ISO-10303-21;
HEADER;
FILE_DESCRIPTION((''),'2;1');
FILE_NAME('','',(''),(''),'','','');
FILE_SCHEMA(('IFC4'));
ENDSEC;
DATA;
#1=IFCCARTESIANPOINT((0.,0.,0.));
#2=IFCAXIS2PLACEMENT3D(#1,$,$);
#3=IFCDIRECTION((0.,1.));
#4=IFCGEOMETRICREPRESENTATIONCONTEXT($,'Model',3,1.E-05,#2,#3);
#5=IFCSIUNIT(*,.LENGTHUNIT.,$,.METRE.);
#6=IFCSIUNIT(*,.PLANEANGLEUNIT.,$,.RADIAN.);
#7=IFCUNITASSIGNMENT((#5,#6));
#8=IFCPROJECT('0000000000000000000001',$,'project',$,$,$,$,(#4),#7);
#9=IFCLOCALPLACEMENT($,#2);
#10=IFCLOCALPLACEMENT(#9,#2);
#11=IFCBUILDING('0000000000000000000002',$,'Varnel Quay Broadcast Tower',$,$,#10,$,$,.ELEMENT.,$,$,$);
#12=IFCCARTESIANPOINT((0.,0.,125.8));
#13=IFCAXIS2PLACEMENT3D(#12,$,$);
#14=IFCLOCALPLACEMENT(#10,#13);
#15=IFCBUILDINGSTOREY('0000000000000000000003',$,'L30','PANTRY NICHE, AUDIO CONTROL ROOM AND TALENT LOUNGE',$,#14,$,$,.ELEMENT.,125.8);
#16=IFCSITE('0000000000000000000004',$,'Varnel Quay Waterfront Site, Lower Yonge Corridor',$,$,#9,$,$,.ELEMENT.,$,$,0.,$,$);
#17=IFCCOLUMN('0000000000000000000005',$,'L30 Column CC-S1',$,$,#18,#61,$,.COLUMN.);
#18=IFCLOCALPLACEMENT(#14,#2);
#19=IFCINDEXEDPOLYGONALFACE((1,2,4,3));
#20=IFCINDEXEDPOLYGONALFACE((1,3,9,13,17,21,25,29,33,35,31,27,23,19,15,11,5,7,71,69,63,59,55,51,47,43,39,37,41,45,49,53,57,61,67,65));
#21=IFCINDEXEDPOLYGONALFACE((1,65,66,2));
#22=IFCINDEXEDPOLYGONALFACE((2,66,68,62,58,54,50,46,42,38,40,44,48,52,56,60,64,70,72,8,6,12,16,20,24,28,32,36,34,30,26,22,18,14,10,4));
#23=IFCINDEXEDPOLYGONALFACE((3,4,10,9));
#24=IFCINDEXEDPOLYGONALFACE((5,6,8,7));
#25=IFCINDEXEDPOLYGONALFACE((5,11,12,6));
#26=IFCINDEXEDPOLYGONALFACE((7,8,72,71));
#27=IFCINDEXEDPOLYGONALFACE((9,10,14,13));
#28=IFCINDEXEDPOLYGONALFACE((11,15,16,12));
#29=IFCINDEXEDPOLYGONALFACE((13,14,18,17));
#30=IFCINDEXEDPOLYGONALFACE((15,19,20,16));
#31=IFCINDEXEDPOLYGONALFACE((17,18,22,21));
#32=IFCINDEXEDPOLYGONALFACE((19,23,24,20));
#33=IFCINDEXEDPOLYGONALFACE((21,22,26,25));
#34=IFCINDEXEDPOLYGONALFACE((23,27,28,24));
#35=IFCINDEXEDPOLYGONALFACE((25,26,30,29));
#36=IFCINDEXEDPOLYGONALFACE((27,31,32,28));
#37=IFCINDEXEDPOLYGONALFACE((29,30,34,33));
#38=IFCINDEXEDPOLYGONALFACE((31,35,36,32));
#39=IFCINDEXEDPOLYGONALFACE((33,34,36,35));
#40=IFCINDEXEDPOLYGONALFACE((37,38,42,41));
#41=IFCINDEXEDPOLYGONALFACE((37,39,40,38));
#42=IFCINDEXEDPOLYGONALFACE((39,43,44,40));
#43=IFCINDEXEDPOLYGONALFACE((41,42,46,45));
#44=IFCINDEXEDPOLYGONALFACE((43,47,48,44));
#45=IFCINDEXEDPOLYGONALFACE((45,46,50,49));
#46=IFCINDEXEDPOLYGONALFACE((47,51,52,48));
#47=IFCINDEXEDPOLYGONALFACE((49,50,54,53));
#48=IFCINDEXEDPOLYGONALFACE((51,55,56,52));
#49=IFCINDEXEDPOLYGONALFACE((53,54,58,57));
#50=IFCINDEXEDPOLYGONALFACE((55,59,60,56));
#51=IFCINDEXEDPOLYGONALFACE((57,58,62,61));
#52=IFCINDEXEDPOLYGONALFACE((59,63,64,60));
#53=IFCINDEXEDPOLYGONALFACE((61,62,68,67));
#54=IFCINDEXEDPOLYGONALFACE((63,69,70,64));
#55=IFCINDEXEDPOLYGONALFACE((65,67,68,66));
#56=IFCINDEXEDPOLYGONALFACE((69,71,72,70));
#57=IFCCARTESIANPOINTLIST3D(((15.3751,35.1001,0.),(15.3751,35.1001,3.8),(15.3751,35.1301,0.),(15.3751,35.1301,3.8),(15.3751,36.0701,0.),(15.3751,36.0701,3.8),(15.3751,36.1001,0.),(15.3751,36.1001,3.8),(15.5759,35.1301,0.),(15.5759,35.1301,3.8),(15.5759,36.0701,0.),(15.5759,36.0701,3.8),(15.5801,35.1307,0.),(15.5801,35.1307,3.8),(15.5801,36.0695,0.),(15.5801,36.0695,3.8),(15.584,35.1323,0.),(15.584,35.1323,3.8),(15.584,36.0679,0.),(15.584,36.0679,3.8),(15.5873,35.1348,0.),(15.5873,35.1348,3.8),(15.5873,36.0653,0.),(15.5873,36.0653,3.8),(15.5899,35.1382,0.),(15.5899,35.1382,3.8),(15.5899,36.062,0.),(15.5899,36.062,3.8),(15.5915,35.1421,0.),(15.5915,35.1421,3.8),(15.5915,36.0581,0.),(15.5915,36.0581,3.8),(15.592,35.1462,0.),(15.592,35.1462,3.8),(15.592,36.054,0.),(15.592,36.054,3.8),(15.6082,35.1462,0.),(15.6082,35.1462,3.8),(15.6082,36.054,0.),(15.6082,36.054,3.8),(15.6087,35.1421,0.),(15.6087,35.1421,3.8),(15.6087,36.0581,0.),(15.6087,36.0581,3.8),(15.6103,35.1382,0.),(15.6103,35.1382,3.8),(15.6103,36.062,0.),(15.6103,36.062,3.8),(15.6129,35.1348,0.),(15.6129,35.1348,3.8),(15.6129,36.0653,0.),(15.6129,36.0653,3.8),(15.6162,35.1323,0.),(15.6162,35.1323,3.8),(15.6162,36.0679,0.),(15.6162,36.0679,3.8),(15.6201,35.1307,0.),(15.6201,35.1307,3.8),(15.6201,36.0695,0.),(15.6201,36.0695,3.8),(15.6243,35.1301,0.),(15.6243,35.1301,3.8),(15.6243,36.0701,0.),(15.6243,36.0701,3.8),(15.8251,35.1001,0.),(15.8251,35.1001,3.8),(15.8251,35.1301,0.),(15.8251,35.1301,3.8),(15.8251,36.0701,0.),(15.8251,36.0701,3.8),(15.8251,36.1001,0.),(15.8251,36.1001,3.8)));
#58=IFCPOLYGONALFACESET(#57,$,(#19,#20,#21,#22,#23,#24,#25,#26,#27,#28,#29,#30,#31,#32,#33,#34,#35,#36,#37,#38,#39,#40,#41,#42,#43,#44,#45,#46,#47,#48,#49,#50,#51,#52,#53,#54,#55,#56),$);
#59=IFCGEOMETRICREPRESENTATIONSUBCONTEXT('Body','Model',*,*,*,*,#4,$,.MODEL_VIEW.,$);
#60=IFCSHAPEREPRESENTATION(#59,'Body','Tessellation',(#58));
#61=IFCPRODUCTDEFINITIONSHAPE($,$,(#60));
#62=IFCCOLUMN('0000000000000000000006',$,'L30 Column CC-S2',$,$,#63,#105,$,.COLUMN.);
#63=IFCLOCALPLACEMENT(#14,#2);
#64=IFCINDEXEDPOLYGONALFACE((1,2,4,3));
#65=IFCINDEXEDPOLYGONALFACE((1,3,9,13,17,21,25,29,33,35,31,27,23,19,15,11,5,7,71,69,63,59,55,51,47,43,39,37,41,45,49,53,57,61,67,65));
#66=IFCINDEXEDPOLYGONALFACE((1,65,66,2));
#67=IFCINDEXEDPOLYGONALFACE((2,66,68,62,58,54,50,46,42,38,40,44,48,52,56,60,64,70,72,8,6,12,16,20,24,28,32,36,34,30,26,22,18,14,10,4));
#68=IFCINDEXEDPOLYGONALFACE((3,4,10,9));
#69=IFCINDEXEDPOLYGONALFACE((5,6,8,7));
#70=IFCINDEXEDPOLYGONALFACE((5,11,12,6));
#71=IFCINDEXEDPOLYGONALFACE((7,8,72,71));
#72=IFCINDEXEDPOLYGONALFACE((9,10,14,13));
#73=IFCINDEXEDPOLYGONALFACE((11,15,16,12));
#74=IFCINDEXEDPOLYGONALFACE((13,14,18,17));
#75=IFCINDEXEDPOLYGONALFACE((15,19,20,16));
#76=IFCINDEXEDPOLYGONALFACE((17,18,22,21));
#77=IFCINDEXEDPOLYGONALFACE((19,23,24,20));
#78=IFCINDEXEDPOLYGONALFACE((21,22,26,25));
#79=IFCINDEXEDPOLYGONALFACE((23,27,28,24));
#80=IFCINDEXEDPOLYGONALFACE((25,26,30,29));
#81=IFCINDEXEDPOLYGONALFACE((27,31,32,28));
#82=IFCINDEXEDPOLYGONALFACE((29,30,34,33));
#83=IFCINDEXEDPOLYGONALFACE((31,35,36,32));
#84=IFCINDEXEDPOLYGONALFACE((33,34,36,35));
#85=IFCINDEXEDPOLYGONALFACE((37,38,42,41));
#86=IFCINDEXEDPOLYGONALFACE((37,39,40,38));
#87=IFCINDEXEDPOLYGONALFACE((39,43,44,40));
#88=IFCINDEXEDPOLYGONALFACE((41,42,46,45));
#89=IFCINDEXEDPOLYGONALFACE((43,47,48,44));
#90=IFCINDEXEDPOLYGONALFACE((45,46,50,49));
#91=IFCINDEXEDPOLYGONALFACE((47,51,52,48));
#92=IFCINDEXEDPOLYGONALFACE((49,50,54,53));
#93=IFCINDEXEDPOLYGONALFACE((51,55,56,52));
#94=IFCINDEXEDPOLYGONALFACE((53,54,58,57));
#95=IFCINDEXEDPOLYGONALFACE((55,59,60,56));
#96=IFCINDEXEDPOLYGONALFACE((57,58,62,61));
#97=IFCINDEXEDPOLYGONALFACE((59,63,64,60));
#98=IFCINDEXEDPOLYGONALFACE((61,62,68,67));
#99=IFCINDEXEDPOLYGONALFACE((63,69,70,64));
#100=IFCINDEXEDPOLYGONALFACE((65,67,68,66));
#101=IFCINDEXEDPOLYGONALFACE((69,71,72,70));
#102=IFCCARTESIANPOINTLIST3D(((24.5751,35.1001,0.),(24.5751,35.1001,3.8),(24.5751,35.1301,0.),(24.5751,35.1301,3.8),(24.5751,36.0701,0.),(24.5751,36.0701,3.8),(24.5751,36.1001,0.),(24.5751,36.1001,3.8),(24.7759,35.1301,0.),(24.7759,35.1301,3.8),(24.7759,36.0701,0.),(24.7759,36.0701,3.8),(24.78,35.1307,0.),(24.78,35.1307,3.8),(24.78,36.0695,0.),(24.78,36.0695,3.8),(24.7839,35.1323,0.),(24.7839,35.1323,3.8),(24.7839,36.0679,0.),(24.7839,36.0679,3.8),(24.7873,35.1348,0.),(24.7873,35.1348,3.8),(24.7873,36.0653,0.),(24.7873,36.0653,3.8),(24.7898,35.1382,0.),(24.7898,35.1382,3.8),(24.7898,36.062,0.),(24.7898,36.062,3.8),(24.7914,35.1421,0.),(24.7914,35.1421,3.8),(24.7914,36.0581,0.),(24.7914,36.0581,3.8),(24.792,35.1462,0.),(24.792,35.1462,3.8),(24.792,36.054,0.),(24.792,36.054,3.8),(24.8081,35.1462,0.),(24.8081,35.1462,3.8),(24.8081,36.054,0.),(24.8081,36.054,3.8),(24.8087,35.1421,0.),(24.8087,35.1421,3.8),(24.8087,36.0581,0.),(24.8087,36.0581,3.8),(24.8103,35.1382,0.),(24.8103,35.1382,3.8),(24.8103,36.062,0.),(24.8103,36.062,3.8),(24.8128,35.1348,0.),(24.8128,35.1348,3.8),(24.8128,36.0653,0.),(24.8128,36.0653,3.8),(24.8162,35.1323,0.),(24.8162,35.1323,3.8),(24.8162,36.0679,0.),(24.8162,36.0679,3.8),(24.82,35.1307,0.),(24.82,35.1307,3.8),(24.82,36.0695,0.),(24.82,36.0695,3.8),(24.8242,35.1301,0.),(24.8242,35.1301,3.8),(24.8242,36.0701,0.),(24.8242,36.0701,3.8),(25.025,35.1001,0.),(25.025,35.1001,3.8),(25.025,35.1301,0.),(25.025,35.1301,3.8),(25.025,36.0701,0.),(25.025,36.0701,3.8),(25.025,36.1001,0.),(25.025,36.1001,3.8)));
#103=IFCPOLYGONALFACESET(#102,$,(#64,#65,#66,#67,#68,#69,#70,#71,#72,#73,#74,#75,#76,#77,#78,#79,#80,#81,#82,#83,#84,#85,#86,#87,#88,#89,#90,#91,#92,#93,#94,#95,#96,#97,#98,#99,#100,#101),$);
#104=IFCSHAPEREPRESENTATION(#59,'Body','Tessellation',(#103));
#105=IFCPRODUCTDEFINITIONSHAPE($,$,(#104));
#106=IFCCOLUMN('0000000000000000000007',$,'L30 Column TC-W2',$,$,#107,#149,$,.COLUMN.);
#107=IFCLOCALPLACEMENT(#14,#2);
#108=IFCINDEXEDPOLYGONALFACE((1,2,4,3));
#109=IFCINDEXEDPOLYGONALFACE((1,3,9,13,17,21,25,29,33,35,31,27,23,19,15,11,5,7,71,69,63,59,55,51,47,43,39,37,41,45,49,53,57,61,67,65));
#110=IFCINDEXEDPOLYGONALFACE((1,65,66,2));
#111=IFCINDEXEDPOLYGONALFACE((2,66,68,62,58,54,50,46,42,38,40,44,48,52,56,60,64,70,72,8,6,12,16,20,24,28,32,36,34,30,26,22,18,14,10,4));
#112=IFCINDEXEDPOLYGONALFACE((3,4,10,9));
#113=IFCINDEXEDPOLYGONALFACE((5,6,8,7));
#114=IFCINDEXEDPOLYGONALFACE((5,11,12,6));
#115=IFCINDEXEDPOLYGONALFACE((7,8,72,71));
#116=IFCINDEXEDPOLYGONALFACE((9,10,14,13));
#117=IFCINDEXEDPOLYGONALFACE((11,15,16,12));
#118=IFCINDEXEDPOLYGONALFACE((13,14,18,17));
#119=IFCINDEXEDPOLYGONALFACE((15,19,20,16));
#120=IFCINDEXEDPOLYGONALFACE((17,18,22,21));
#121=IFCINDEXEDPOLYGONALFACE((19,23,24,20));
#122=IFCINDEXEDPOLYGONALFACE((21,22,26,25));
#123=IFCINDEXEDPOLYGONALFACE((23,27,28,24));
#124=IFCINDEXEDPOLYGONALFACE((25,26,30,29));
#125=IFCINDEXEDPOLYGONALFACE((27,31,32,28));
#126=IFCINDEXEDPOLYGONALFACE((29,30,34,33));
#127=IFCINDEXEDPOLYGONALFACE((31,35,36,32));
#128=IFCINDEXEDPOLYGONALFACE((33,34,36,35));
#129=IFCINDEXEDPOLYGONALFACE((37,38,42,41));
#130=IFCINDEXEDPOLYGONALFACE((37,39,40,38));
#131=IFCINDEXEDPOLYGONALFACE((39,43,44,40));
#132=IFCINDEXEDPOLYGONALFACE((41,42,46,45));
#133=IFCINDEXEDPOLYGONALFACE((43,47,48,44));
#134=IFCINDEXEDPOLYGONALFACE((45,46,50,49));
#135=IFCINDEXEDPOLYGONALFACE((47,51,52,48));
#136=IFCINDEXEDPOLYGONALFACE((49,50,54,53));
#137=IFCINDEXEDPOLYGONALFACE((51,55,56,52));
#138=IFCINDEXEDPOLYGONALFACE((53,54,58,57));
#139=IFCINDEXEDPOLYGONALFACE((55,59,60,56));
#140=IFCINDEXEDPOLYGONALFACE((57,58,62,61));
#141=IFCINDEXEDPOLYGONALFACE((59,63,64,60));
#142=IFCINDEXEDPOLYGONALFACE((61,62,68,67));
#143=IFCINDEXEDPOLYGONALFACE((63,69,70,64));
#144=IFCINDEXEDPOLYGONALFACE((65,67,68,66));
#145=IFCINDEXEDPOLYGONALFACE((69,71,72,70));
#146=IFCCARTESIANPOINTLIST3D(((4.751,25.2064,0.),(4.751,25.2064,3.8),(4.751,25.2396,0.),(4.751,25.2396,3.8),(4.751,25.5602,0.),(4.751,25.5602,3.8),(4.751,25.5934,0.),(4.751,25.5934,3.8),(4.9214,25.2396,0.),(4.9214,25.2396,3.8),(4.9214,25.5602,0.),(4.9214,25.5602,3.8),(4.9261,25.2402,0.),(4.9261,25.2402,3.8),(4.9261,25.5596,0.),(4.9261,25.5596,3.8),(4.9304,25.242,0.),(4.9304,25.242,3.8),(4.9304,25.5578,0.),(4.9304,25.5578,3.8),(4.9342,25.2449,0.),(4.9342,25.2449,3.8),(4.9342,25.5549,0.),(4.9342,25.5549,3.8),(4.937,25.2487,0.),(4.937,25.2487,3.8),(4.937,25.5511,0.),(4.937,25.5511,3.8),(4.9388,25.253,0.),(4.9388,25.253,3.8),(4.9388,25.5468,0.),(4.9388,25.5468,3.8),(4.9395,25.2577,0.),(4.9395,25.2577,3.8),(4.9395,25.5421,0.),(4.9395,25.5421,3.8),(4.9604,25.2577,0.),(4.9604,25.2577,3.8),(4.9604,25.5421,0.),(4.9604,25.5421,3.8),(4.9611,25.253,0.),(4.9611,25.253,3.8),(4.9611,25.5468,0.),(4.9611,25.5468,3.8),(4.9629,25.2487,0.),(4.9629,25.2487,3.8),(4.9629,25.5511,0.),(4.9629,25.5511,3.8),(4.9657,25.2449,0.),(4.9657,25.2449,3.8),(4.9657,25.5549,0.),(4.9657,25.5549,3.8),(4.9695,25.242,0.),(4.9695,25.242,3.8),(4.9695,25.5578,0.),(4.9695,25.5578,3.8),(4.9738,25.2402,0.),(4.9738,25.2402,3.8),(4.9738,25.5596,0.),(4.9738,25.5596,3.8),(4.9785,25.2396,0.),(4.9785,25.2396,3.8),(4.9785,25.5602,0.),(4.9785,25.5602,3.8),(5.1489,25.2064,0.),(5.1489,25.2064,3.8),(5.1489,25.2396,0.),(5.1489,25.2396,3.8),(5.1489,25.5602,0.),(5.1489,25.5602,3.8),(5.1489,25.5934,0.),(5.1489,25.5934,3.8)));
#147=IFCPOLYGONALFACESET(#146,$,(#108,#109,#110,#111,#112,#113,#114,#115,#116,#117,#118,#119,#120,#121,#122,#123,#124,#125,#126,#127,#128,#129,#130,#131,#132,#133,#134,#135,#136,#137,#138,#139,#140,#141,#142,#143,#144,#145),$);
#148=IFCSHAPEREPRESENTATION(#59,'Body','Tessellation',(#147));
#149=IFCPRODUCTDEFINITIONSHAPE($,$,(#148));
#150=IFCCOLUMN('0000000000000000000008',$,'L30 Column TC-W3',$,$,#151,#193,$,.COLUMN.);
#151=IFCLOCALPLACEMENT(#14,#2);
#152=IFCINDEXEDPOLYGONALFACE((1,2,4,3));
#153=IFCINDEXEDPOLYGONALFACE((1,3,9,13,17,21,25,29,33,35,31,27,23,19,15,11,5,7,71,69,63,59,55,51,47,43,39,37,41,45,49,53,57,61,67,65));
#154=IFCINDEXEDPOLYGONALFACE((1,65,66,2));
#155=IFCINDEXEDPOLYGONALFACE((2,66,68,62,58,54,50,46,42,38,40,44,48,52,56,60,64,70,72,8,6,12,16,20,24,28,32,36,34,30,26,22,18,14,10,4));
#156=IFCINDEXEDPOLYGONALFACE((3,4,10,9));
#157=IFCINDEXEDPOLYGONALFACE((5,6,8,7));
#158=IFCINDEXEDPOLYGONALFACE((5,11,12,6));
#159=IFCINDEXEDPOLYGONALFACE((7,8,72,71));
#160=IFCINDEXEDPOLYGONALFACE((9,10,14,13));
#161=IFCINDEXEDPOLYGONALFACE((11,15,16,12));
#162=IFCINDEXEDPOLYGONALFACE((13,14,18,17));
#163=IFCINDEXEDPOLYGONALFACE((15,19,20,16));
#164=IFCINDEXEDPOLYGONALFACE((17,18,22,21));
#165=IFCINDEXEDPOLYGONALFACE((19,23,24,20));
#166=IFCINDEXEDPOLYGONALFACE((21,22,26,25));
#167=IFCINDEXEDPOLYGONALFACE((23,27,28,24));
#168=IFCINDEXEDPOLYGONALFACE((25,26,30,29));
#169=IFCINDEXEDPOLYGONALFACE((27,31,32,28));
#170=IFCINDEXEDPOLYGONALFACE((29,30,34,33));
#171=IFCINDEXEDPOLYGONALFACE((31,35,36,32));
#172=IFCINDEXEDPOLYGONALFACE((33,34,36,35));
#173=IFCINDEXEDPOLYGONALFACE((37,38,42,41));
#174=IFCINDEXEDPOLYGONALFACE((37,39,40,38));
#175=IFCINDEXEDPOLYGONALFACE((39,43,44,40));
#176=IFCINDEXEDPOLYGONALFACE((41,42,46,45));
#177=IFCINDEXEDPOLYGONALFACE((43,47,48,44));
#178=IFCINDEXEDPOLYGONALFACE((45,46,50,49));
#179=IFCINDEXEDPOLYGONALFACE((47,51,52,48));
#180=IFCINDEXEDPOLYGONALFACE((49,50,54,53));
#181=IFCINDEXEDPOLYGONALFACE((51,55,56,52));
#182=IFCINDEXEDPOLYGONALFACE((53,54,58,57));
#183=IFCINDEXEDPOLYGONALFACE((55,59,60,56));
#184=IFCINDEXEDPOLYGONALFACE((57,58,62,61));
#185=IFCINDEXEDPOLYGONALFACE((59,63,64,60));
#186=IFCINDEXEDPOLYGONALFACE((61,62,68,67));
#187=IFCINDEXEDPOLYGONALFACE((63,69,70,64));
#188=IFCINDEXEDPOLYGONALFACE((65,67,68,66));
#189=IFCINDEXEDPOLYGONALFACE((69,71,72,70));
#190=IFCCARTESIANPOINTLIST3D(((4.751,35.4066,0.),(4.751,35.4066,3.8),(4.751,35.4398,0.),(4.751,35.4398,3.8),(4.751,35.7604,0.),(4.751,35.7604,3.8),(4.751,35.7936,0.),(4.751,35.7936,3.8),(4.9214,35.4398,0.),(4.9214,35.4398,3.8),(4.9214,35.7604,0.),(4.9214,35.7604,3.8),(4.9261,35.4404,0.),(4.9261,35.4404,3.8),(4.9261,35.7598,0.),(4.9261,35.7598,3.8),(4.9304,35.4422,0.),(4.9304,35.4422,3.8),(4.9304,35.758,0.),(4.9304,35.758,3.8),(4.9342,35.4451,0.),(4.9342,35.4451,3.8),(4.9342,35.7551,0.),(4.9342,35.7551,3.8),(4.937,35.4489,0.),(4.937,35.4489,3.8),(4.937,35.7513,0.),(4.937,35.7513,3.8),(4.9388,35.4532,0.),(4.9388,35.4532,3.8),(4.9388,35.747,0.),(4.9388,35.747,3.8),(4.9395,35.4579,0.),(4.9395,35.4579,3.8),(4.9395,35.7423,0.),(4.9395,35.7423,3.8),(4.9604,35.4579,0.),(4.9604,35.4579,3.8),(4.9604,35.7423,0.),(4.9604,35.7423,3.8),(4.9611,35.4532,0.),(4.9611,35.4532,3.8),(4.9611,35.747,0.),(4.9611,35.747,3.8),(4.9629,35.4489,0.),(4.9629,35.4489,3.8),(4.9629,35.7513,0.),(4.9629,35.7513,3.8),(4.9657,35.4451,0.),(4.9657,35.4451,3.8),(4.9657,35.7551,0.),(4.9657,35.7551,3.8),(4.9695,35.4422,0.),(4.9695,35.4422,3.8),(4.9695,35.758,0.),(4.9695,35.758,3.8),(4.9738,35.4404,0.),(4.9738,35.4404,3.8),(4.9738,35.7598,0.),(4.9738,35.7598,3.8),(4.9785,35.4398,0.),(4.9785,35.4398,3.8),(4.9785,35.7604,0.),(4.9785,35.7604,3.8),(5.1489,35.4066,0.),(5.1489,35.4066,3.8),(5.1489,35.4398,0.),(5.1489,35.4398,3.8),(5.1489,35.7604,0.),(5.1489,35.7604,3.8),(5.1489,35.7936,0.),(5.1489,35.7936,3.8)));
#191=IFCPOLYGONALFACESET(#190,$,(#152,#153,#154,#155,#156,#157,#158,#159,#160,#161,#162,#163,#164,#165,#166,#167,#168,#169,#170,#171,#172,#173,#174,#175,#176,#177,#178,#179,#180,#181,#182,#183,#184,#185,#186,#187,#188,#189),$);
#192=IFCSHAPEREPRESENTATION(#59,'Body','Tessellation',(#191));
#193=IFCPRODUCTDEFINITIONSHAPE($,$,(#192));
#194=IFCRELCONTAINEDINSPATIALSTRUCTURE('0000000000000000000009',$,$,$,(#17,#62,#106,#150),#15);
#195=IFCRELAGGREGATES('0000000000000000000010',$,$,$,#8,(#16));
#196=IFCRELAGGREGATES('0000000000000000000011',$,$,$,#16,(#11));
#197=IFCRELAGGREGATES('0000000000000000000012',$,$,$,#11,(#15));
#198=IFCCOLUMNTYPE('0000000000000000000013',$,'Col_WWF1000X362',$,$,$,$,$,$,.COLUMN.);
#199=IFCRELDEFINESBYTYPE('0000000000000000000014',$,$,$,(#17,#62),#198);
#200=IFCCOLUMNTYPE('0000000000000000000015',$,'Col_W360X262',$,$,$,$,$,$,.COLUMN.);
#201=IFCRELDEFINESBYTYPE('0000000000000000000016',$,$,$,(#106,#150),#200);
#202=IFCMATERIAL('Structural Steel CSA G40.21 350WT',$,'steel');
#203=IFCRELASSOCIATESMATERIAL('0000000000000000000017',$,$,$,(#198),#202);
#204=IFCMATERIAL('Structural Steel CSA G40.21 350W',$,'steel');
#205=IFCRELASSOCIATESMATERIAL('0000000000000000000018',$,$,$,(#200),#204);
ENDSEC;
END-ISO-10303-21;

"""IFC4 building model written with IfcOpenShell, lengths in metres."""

from ifc_helpers import new_model, si_unit, direction, frame, origin, origin_2d, place, context, subcontext, project, spatial, i_section, extrude, source, transform, mapped, material, material_profile, profile_set, type_object, type_shapes, element, save


model = new_model("IFC4")

# Units and contexts
model_context = context("Model", 3, precision=1e-05, world=origin(), true_north=direction((0.0, 1.0)))
body_context = subcontext(model_context, "Body", "Model", "MODEL_VIEW")
ifc_project = project(units=[si_unit("LENGTHUNIT", "METRE"), si_unit("PLANEANGLEUNIT", "RADIAN")], contexts=[model_context])

# Site, building, storey
site_placement = place(None, origin())
site = spatial("IfcSite", under=ifc_project, at=site_placement, Name="Varnel Quay Waterfront Site, Lower Yonge Corridor", CompositionType="ELEMENT", RefElevation=0.0)
building_placement = place(site_placement, origin())
building = spatial("IfcBuilding", under=site, at=building_placement, Name="Varnel Quay Broadcast Tower", CompositionType="ELEMENT")
storey_placement = place(building_placement, frame((0.0, 0.0, 125.8)))
storey = spatial("IfcBuildingStorey", under=building, at=storey_placement, Name="L30", Description="PANTRY NICHE, AUDIO CONTROL ROOM AND TALENT LOUNGE", CompositionType="ELEMENT", Elevation=125.8)

# Columns
ifc_material_1 = material(Name="Structural Steel CSA G40.21 350WT", Category="steel")
ifc_material_profile_1 = material_profile(ifc_material_1, i_section(OverallWidth=0.45, OverallDepth=1.0, WebThickness=0.0161, FlangeThickness=0.03, FilletRadius=0.0161, at=origin_2d()), Name="WWF1000X362")
ifc_profile_set_1 = profile_set([ifc_material_profile_1], Name="Structural Steel CSA G40.21 350WT")
column_type_1 = type_object("IfcColumnType", Name="Col_WWF1000X362", PredefinedType="COLUMN", material=ifc_profile_set_1)
shared_shape_1 = source(origin(), body_context, "Body", "SweptSolid", [
    extrude(i_section(OverallWidth=0.45, OverallDepth=1.0, WebThickness=0.0161, FlangeThickness=0.03, FilletRadius=0.0161, at=origin_2d()), origin(), (0.0, 0.0, 1.0), 3.8),
])
type_shapes(column_type_1, [shared_shape_1])
for number, where, z_axis, x_axis, name in (
    (1, (15.6001, 35.6001, 0.0), (0.0, 0.0, 1.0), (1.0, 0.0, 0.0), "L30 Column CC-S1"),
    (2, (24.8, 35.6001, 0.0), (0.0, 0.0, 1.0), (1.0, 0.0, 0.0), "L30 Column CC-S2"),
):
    element("IfcColumn", number, at=place(storey_placement, frame(where, z_axis=z_axis, x_axis=x_axis)), inside=storey, type_object=column_type_1, Name=name, PredefinedType="COLUMN", context=body_context, shape_type="MappedRepresentation", body=[
        mapped(shared_shape_1, transform((0.0, 0.0, 0.0), x_axis=(1.0, 0.0, 0.0), y_axis=(0.0, 1.0, 0.0), z_axis=(0.0, 0.0, 1.0), scale=1.0)),
    ])
ifc_material_2 = material(Name="Structural Steel CSA G40.21 350W", Category="steel")
ifc_material_profile_2 = material_profile(ifc_material_2, i_section(OverallWidth=0.3979, OverallDepth=0.387, WebThickness=0.021, FlangeThickness=0.0332, FilletRadius=0.0181, at=origin_2d()), Name="W360X262")
ifc_profile_set_2 = profile_set([ifc_material_profile_2], Name="Structural Steel CSA G40.21 350W")
column_type_2 = type_object("IfcColumnType", Name="Col_W360X262", PredefinedType="COLUMN", material=ifc_profile_set_2)
shared_shape_2 = source(origin(), body_context, "Body", "SweptSolid", [
    extrude(i_section(OverallWidth=0.3979, OverallDepth=0.387, WebThickness=0.021, FlangeThickness=0.0332, FilletRadius=0.0181, at=origin_2d()), origin(), (0.0, 0.0, 1.0), 3.8),
])
type_shapes(column_type_2, [shared_shape_2])
for number, where, z_axis, x_axis, name in (
    (3, (4.95, 25.3999, 0.0), (0.0, 0.0, 1.0), (1.0, 0.0, 0.0), "L30 Column TC-W2"),
    (4, (4.95, 35.6001, 0.0), (0.0, 0.0, 1.0), (1.0, 0.0, 0.0), "L30 Column TC-W3"),
):
    element("IfcColumn", number, at=place(storey_placement, frame(where, z_axis=z_axis, x_axis=x_axis)), inside=storey, type_object=column_type_2, Name=name, PredefinedType="COLUMN", context=body_context, shape_type="MappedRepresentation", body=[
        mapped(shared_shape_2, transform((0.0, 0.0, 0.0), x_axis=(1.0, 0.0, 0.0), y_axis=(0.0, 1.0, 0.0), z_axis=(0.0, 0.0, 1.0), scale=1.0)),
    ])

save(model, "model.ifc")
